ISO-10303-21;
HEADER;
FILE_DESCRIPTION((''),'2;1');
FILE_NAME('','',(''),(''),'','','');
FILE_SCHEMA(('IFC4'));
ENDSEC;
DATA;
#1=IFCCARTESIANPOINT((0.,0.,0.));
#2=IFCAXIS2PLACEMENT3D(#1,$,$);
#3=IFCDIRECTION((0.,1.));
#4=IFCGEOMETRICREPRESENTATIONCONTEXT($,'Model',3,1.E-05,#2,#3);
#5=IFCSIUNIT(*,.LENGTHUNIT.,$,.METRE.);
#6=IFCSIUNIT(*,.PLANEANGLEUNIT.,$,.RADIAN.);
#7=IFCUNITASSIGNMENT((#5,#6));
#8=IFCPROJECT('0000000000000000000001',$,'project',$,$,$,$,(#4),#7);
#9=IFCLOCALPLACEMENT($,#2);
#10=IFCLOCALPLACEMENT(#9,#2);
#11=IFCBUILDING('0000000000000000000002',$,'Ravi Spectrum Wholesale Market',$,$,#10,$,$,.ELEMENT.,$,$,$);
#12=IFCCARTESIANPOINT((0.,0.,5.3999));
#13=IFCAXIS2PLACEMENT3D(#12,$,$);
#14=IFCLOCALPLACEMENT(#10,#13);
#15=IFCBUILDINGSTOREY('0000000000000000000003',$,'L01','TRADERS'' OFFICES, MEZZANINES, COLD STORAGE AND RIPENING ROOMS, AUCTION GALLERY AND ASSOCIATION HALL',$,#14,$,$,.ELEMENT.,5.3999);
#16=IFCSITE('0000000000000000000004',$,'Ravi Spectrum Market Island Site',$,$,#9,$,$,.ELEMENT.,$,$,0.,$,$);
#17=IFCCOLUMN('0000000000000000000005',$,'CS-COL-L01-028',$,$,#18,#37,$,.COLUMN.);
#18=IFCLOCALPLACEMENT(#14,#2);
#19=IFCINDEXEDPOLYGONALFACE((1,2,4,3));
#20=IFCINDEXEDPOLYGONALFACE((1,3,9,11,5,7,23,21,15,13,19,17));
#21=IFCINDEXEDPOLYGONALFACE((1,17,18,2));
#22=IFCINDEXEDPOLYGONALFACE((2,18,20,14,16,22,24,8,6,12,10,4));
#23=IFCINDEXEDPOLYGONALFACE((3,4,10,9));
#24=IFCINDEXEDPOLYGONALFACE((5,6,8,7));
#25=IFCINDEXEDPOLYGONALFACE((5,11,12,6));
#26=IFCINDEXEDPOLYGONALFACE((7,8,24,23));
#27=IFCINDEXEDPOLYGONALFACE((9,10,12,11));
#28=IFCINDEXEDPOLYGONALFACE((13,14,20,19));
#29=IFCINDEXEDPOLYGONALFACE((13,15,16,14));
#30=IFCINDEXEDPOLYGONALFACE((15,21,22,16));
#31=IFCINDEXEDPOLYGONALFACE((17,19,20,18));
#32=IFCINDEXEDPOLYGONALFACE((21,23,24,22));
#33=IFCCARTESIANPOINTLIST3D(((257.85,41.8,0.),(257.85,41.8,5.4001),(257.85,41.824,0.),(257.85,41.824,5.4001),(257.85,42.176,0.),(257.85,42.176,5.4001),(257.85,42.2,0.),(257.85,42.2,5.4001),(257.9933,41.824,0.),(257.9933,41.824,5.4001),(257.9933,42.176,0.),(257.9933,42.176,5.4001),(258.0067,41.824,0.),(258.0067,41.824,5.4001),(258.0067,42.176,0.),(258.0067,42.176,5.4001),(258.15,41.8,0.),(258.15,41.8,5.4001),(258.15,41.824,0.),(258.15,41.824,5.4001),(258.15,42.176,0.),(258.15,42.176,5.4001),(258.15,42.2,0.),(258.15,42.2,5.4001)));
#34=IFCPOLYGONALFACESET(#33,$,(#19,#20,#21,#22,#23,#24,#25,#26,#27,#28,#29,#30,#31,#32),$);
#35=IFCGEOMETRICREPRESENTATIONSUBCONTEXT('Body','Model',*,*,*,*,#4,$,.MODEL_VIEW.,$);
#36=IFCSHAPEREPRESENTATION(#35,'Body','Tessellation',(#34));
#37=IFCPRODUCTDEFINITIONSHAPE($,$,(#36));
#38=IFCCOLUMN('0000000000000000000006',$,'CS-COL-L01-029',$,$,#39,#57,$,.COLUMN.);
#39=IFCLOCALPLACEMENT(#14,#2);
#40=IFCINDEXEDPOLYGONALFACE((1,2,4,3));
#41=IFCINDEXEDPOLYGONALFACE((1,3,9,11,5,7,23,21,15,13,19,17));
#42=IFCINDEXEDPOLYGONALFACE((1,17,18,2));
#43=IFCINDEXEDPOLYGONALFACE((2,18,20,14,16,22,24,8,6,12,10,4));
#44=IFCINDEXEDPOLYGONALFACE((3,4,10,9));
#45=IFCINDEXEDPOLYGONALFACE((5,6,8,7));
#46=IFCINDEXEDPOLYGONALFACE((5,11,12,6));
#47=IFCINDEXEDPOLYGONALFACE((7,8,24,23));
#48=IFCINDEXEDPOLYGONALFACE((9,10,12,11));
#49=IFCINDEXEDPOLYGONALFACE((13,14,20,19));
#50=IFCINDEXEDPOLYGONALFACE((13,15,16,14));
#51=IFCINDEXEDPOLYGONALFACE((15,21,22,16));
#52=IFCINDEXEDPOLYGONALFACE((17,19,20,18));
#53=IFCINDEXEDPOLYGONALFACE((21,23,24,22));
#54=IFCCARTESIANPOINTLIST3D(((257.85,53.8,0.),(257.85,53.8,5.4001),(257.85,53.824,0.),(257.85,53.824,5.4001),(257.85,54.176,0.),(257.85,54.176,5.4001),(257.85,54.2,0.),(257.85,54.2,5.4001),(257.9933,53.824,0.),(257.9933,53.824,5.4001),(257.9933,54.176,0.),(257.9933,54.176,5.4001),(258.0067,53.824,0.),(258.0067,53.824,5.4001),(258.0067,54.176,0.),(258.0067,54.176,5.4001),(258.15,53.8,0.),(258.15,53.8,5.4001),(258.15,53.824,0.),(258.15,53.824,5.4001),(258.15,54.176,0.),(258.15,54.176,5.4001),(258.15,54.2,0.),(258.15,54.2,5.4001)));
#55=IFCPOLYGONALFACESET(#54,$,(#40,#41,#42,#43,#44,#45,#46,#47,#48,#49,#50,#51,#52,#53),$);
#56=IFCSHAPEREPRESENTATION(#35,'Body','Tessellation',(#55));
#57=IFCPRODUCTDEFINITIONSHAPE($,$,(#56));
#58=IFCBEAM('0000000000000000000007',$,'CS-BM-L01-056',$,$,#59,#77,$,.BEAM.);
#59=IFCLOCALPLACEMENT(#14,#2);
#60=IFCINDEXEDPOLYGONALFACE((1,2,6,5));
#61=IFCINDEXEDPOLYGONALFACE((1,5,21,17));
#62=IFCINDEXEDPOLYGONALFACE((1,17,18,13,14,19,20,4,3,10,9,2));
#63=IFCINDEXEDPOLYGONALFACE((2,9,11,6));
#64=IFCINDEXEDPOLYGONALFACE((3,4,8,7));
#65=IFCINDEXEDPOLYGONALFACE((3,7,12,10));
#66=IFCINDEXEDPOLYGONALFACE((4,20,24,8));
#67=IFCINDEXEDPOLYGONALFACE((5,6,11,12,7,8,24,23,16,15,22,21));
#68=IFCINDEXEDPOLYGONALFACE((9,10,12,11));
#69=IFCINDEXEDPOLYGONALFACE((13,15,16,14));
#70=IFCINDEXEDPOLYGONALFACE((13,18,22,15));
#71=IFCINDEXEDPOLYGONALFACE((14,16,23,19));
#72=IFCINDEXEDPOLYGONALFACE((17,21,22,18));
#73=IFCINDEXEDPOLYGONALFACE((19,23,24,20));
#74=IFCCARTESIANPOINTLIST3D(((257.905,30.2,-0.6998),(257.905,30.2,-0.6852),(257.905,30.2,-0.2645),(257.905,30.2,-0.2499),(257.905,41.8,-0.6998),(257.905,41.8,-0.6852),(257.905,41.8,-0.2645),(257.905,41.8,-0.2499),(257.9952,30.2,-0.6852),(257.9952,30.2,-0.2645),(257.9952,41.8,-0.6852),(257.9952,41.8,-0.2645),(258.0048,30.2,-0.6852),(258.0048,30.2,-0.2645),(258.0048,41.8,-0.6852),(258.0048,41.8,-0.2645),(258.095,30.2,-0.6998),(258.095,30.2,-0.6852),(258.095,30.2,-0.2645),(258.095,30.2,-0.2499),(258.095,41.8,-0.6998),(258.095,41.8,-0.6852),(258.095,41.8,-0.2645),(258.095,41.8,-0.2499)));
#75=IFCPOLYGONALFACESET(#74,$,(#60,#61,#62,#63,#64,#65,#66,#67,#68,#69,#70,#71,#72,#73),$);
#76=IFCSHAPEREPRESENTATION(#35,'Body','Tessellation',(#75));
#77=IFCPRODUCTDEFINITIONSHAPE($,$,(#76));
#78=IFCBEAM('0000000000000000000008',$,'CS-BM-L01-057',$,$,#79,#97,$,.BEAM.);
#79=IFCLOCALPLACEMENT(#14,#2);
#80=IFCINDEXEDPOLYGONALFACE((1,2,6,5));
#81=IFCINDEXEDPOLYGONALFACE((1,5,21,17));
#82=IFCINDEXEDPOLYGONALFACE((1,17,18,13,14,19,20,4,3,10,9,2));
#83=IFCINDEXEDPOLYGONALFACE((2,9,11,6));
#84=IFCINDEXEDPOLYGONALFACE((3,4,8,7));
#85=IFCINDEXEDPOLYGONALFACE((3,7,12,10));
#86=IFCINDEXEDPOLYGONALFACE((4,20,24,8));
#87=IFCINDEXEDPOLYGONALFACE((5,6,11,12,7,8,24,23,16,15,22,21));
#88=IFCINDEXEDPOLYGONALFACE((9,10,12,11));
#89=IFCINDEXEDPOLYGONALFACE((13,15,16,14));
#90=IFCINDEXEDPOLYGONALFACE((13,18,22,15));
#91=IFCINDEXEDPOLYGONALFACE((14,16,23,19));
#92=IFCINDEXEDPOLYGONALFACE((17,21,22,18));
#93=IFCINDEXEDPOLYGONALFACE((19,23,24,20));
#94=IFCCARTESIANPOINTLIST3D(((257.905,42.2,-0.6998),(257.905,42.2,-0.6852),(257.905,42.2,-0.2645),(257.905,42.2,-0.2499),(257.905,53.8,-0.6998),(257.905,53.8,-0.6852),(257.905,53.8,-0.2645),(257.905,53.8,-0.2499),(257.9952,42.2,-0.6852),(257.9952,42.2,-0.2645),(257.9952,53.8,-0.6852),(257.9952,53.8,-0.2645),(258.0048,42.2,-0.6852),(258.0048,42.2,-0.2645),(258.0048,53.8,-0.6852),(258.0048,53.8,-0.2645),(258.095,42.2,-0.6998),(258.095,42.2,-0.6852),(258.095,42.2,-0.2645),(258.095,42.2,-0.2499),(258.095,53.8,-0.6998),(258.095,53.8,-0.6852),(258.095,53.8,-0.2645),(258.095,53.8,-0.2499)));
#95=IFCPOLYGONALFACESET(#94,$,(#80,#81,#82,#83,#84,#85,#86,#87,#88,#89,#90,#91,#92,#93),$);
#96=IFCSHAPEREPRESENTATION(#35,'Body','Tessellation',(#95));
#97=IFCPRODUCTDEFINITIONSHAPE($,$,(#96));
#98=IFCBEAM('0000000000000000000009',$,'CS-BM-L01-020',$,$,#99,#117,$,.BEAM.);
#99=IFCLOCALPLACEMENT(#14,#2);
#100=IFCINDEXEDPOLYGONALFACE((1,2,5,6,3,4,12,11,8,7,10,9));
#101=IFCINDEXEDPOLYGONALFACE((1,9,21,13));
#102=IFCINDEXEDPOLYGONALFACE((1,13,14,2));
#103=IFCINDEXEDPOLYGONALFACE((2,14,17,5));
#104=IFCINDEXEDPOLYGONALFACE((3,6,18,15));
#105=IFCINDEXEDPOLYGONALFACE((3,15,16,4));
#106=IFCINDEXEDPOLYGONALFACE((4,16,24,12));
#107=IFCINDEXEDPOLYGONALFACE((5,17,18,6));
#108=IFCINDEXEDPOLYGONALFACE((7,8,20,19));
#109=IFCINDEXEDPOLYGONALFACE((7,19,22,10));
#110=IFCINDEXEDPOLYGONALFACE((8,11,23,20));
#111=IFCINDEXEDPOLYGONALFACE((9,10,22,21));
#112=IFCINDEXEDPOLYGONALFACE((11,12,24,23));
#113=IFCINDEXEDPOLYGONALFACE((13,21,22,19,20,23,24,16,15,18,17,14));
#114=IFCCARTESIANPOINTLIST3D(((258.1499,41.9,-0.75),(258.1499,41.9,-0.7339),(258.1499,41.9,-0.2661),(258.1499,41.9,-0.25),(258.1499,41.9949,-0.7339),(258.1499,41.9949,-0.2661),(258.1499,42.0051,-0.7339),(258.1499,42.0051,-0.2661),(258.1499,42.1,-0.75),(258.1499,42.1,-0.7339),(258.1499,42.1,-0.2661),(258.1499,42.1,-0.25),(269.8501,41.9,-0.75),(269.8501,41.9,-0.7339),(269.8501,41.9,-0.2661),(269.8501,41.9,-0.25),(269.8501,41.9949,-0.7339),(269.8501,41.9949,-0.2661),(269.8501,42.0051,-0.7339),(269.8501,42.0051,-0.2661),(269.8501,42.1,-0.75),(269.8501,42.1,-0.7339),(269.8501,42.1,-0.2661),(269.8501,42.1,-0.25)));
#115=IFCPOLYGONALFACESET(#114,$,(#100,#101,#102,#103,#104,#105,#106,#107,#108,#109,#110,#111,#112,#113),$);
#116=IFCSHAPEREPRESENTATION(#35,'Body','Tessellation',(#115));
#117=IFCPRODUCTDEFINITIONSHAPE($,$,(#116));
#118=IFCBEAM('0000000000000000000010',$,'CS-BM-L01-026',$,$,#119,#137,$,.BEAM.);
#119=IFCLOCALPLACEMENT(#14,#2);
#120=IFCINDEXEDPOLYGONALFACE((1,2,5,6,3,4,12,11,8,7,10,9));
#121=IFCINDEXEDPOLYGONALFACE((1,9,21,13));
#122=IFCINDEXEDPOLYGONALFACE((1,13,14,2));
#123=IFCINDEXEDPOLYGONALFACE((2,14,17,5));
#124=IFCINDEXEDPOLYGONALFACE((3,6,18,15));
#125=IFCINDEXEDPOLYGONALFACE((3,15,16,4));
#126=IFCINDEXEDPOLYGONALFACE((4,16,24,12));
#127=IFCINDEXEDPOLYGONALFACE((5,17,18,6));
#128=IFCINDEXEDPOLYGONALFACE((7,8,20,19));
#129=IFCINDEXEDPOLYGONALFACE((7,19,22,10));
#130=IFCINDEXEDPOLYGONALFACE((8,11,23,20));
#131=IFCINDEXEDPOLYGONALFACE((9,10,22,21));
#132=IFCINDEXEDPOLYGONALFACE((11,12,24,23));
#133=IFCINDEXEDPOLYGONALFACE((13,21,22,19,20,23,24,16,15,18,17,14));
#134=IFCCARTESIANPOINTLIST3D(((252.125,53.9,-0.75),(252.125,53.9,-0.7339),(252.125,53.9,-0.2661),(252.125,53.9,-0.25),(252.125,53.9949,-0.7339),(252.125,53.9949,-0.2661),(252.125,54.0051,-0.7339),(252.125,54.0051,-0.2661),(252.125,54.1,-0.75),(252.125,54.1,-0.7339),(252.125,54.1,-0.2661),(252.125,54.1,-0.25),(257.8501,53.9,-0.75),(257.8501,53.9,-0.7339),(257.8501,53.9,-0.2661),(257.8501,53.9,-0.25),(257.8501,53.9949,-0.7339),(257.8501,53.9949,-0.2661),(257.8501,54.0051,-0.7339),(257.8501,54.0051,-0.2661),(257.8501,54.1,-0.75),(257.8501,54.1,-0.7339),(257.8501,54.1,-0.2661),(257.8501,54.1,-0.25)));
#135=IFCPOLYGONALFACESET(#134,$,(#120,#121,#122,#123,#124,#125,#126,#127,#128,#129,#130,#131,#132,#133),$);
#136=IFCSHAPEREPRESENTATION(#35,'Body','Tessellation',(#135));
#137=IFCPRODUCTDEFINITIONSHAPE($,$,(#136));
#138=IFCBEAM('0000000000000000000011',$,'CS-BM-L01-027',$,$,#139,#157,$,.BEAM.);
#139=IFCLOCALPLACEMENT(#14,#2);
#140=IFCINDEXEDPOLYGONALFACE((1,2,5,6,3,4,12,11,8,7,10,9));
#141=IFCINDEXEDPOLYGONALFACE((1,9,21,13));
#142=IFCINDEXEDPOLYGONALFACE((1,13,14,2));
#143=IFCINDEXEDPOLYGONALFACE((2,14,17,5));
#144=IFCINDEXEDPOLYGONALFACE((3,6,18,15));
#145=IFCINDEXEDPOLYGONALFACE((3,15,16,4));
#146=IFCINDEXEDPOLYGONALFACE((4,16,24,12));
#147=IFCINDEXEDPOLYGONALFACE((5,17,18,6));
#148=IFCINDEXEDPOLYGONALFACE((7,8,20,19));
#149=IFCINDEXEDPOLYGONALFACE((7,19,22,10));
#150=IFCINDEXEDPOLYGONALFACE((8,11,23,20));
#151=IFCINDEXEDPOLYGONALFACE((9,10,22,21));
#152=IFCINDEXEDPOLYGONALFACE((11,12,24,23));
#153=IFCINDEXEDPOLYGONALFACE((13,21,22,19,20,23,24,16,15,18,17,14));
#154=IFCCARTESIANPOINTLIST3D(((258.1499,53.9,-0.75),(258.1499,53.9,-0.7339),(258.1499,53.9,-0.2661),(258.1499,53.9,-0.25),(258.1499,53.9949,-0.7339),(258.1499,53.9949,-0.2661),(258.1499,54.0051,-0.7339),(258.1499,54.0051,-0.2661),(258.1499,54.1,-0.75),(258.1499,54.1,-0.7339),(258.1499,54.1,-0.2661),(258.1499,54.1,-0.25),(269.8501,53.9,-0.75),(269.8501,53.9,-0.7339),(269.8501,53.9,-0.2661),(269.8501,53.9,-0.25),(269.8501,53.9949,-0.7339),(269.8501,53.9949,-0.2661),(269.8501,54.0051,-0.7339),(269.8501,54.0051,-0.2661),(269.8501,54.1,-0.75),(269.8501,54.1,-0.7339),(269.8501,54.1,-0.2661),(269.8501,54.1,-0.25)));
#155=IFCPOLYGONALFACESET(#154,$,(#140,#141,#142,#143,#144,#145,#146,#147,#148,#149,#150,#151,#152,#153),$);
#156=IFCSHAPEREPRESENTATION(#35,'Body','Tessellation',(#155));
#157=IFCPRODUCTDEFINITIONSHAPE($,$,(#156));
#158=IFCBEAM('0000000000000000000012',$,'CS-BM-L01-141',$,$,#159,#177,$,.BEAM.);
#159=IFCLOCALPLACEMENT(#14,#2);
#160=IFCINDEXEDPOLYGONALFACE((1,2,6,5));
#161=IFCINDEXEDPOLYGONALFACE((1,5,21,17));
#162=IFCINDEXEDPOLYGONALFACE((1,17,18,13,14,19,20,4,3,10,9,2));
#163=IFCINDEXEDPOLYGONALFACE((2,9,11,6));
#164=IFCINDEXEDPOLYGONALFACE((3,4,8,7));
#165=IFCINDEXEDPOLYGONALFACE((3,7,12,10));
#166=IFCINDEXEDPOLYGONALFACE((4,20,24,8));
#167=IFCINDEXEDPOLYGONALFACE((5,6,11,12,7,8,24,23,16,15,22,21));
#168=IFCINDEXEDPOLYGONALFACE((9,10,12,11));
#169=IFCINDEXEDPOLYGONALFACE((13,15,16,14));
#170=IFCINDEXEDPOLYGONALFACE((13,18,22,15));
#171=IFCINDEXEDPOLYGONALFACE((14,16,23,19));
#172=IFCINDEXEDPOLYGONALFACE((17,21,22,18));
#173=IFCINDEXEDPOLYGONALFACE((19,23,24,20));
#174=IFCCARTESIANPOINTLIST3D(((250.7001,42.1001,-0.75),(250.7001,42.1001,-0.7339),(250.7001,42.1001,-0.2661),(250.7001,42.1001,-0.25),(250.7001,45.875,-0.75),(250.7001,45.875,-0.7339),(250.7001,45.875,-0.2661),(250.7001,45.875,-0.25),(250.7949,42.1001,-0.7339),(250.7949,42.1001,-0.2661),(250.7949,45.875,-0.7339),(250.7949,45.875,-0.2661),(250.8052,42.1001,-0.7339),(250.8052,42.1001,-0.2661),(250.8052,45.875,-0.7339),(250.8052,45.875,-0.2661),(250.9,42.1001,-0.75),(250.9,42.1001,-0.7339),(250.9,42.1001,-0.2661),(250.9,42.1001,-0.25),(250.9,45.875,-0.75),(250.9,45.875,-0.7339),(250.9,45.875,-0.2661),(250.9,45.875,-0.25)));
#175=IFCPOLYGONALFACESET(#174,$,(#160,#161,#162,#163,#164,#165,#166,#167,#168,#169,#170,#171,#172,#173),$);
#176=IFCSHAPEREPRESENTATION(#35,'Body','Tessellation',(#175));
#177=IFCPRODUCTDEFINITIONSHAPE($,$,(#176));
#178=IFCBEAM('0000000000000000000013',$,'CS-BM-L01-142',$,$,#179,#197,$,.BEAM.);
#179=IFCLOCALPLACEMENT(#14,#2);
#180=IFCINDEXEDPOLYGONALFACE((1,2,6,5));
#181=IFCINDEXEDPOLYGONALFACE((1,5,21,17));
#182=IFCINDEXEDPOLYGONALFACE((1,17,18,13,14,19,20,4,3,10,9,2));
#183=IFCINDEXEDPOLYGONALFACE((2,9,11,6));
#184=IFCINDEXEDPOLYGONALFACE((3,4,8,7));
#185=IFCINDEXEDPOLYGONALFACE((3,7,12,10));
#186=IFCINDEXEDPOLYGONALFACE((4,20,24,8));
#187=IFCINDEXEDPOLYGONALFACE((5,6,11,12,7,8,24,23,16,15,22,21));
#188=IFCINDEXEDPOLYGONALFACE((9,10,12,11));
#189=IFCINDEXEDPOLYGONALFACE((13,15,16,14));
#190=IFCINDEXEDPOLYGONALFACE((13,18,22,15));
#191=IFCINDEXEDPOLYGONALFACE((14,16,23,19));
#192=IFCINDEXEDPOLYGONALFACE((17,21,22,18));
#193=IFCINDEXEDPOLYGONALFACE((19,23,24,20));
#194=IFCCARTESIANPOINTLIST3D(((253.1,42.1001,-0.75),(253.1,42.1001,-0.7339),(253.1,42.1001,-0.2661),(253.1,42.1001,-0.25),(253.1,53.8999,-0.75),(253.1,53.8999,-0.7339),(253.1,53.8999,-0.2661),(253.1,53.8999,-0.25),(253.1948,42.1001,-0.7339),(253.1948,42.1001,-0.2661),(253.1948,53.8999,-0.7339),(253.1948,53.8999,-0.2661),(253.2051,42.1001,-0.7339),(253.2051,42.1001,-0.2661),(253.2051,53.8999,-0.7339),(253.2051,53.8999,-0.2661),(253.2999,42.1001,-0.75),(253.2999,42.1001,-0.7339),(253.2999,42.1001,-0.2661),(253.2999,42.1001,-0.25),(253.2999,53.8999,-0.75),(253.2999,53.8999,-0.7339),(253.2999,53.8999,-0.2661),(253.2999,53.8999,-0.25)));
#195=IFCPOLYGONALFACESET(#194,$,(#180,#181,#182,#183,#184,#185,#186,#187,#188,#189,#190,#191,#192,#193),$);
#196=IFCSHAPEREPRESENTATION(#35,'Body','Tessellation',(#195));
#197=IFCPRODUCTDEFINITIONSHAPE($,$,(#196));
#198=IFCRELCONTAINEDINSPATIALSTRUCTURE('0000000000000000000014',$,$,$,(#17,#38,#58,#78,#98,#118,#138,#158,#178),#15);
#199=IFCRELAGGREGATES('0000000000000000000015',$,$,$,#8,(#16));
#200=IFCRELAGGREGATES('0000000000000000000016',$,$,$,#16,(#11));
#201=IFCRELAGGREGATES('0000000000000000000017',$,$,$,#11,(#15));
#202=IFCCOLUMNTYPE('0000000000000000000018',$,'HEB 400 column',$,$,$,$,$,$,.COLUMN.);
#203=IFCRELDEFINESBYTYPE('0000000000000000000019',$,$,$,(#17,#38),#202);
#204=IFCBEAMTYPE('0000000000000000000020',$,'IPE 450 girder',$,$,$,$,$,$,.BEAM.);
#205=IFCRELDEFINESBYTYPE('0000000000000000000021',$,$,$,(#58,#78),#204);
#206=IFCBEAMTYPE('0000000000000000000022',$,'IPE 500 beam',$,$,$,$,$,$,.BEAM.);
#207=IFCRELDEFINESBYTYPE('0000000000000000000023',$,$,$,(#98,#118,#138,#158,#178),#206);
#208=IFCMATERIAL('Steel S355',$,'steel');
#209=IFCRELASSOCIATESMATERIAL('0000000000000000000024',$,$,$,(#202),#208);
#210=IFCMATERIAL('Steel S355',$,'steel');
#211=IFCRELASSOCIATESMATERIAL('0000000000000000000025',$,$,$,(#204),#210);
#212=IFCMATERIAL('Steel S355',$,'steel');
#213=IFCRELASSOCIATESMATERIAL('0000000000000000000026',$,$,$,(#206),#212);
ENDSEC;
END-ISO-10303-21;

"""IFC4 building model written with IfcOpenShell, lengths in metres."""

from ifc_helpers import new_model, si_unit, direction, frame, origin, origin_2d, place, context, subcontext, project, spatial, i_section, extrude, material, material_profile, profile_set, type_object, element, save


model = new_model("IFC4")

# Units and contexts
model_context = context("Model", 3, precision=1e-05, world=origin(), true_north=direction((0.0, 1.0)))
body_context = subcontext(model_context, "Body", "Model", "MODEL_VIEW")
ifc_project = project(units=[si_unit("LENGTHUNIT", "METRE"), si_unit("PLANEANGLEUNIT", "RADIAN")], contexts=[model_context])

# Site, building, storey
site_placement = place(None, origin())
site = spatial("IfcSite", under=ifc_project, at=site_placement, Name="Ravi Spectrum Market Island Site", CompositionType="ELEMENT", RefElevation=0.0)
building_placement = place(site_placement, origin())
building = spatial("IfcBuilding", under=site, at=building_placement, Name="Ravi Spectrum Wholesale Market", CompositionType="ELEMENT")
storey_placement = place(building_placement, frame((0.0, 0.0, 5.3999)))
storey = spatial("IfcBuildingStorey", under=building, at=storey_placement, Name="L01", Description="TRADERS' OFFICES, MEZZANINES, COLD STORAGE AND RIPENING ROOMS, AUCTION GALLERY AND ASSOCIATION HALL", CompositionType="ELEMENT", Elevation=5.3999)

# Columns
ifc_material_1 = material(Name="Steel S355", Category="steel")
ifc_material_profile_1 = material_profile(ifc_material_1, i_section(OverallWidth=0.3, OverallDepth=0.3999, WebThickness=0.0134, FlangeThickness=0.0239, at=origin_2d()))
ifc_profile_set_1 = profile_set([ifc_material_profile_1], Name="Steel S355")
column_type = type_object("IfcColumnType", Name="HEB 400 column", PredefinedType="COLUMN", material=ifc_profile_set_1)
for number, where, z_axis, x_axis, name in (
    (1, (258.0, 42.0, 0.0), (0.0, 0.0, 1.0), (1.0, 0.0, 0.0), "CS-COL-L01-028"),
    (2, (258.0, 54.0, 0.0), (0.0, 0.0, 1.0), (1.0, 0.0, 0.0), "CS-COL-L01-029"),
):
    element("IfcColumn", number, at=place(storey_placement, frame(where, z_axis=z_axis, x_axis=x_axis)), inside=storey, type_object=column_type, Name=name, PredefinedType="COLUMN", context=body_context, shape_type="SweptSolid", body=[
        extrude(i_section(OverallWidth=0.3, OverallDepth=0.3999, WebThickness=0.0134, FlangeThickness=0.0239, at=origin_2d()), origin(), (0.0, 0.0, 1.0), 5.4001),
    ])

# Beams
ifc_material_2 = material(Name="Steel S355", Category="steel")
ifc_material_profile_2 = material_profile(ifc_material_2, i_section(OverallWidth=0.1899, OverallDepth=0.45, WebThickness=0.0095, FlangeThickness=0.0146, at=origin_2d()))
ifc_profile_set_2 = profile_set([ifc_material_profile_2], Name="Steel S355")
beam_type_1 = type_object("IfcBeamType", Name="IPE 450 girder", PredefinedType="BEAM", material=ifc_profile_set_2)
for number, where, z_axis, x_axis, name in (
    (3, (258.0, 30.2, -0.4749), (0.0, 1.0, 0.0), (-1.0, 0.0, 0.0), "CS-BM-L01-056"),
    (4, (258.0, 42.2, -0.4749), (0.0, 1.0, 0.0), (-1.0, 0.0, 0.0), "CS-BM-L01-057"),
):
    element("IfcBeam", number, at=place(storey_placement, frame(where, z_axis=z_axis, x_axis=x_axis)), inside=storey, type_object=beam_type_1, Name=name, PredefinedType="BEAM", context=body_context, shape_type="SweptSolid", body=[
        extrude(i_section(OverallWidth=0.1899, OverallDepth=0.45, WebThickness=0.0095, FlangeThickness=0.0146, at=origin_2d()), origin(), (0.0, 0.0, 1.0), 11.6001),
    ])
ifc_material_3 = material(Name="Steel S355", Category="steel")
ifc_material_profile_3 = material_profile(ifc_material_3, i_section(OverallWidth=0.2, OverallDepth=0.5, WebThickness=0.0103, FlangeThickness=0.0161, at=origin_2d()))
ifc_profile_set_3 = profile_set([ifc_material_profile_3], Name="Steel S355")
beam_type_2 = type_object("IfcBeamType", Name="IPE 500 beam", PredefinedType="BEAM", material=ifc_profile_set_3)
beam_1_placement = place(storey_placement, frame((258.1499, 42.0, -0.5), z_axis=(1.0, 0.0, 0.0), x_axis=(0.0, 1.0, 0.0)))
element("IfcBeam", 5, at=beam_1_placement, inside=storey, type_object=beam_type_2, Name="CS-BM-L01-020", PredefinedType="BEAM", context=body_context, shape_type="SweptSolid", body=[
    extrude(i_section(OverallWidth=0.2, OverallDepth=0.5, WebThickness=0.0103, FlangeThickness=0.0161, at=origin_2d()), origin(), (0.0, 0.0, 1.0), 11.7002),
])
beam_2_placement = place(storey_placement, frame((252.125, 54.0, -0.5), z_axis=(1.0, 0.0, 0.0), x_axis=(0.0, 1.0, 0.0)))
element("IfcBeam", 6, at=beam_2_placement, inside=storey, type_object=beam_type_2, Name="CS-BM-L01-026", PredefinedType="BEAM", context=body_context, shape_type="SweptSolid", body=[
    extrude(i_section(OverallWidth=0.2, OverallDepth=0.5, WebThickness=0.0103, FlangeThickness=0.0161, at=origin_2d()), origin(), (0.0, 0.0, 1.0), 5.7251),
])
beam_3_placement = place(storey_placement, frame((258.1499, 54.0, -0.5), z_axis=(1.0, 0.0, 0.0), x_axis=(0.0, 1.0, 0.0)))
element("IfcBeam", 7, at=beam_3_placement, inside=storey, type_object=beam_type_2, Name="CS-BM-L01-027", PredefinedType="BEAM", context=body_context, shape_type="SweptSolid", body=[
    extrude(i_section(OverallWidth=0.2, OverallDepth=0.5, WebThickness=0.0103, FlangeThickness=0.0161, at=origin_2d()), origin(), (0.0, 0.0, 1.0), 11.7002),
])
beam_4_placement = place(storey_placement, frame((250.8, 42.1001, -0.5), z_axis=(0.0, 1.0, 0.0), x_axis=(-1.0, 0.0, 0.0)))
element("IfcBeam", 8, at=beam_4_placement, inside=storey, type_object=beam_type_2, Name="CS-BM-L01-141", PredefinedType="BEAM", context=body_context, shape_type="SweptSolid", body=[
    extrude(i_section(OverallWidth=0.2, OverallDepth=0.5, WebThickness=0.0103, FlangeThickness=0.0161, at=origin_2d()), origin(), (0.0, 0.0, 1.0), 3.7749),
])
for number, where, z_axis, x_axis, name in (
    (9, (253.2, 42.1001, -0.5), (0.0, 1.0, 0.0), (-1.0, 0.0, 0.0), "CS-BM-L01-142"),
):
    element("IfcBeam", number, at=place(storey_placement, frame(where, z_axis=z_axis, x_axis=x_axis)), inside=storey, type_object=beam_type_2, Name=name, PredefinedType="BEAM", context=body_context, shape_type="SweptSolid", body=[
        extrude(i_section(OverallWidth=0.2, OverallDepth=0.5, WebThickness=0.0103, FlangeThickness=0.0161, at=origin_2d()), origin(), (0.0, 0.0, 1.0), 11.7998),
    ])

save(model, "model.ifc")
